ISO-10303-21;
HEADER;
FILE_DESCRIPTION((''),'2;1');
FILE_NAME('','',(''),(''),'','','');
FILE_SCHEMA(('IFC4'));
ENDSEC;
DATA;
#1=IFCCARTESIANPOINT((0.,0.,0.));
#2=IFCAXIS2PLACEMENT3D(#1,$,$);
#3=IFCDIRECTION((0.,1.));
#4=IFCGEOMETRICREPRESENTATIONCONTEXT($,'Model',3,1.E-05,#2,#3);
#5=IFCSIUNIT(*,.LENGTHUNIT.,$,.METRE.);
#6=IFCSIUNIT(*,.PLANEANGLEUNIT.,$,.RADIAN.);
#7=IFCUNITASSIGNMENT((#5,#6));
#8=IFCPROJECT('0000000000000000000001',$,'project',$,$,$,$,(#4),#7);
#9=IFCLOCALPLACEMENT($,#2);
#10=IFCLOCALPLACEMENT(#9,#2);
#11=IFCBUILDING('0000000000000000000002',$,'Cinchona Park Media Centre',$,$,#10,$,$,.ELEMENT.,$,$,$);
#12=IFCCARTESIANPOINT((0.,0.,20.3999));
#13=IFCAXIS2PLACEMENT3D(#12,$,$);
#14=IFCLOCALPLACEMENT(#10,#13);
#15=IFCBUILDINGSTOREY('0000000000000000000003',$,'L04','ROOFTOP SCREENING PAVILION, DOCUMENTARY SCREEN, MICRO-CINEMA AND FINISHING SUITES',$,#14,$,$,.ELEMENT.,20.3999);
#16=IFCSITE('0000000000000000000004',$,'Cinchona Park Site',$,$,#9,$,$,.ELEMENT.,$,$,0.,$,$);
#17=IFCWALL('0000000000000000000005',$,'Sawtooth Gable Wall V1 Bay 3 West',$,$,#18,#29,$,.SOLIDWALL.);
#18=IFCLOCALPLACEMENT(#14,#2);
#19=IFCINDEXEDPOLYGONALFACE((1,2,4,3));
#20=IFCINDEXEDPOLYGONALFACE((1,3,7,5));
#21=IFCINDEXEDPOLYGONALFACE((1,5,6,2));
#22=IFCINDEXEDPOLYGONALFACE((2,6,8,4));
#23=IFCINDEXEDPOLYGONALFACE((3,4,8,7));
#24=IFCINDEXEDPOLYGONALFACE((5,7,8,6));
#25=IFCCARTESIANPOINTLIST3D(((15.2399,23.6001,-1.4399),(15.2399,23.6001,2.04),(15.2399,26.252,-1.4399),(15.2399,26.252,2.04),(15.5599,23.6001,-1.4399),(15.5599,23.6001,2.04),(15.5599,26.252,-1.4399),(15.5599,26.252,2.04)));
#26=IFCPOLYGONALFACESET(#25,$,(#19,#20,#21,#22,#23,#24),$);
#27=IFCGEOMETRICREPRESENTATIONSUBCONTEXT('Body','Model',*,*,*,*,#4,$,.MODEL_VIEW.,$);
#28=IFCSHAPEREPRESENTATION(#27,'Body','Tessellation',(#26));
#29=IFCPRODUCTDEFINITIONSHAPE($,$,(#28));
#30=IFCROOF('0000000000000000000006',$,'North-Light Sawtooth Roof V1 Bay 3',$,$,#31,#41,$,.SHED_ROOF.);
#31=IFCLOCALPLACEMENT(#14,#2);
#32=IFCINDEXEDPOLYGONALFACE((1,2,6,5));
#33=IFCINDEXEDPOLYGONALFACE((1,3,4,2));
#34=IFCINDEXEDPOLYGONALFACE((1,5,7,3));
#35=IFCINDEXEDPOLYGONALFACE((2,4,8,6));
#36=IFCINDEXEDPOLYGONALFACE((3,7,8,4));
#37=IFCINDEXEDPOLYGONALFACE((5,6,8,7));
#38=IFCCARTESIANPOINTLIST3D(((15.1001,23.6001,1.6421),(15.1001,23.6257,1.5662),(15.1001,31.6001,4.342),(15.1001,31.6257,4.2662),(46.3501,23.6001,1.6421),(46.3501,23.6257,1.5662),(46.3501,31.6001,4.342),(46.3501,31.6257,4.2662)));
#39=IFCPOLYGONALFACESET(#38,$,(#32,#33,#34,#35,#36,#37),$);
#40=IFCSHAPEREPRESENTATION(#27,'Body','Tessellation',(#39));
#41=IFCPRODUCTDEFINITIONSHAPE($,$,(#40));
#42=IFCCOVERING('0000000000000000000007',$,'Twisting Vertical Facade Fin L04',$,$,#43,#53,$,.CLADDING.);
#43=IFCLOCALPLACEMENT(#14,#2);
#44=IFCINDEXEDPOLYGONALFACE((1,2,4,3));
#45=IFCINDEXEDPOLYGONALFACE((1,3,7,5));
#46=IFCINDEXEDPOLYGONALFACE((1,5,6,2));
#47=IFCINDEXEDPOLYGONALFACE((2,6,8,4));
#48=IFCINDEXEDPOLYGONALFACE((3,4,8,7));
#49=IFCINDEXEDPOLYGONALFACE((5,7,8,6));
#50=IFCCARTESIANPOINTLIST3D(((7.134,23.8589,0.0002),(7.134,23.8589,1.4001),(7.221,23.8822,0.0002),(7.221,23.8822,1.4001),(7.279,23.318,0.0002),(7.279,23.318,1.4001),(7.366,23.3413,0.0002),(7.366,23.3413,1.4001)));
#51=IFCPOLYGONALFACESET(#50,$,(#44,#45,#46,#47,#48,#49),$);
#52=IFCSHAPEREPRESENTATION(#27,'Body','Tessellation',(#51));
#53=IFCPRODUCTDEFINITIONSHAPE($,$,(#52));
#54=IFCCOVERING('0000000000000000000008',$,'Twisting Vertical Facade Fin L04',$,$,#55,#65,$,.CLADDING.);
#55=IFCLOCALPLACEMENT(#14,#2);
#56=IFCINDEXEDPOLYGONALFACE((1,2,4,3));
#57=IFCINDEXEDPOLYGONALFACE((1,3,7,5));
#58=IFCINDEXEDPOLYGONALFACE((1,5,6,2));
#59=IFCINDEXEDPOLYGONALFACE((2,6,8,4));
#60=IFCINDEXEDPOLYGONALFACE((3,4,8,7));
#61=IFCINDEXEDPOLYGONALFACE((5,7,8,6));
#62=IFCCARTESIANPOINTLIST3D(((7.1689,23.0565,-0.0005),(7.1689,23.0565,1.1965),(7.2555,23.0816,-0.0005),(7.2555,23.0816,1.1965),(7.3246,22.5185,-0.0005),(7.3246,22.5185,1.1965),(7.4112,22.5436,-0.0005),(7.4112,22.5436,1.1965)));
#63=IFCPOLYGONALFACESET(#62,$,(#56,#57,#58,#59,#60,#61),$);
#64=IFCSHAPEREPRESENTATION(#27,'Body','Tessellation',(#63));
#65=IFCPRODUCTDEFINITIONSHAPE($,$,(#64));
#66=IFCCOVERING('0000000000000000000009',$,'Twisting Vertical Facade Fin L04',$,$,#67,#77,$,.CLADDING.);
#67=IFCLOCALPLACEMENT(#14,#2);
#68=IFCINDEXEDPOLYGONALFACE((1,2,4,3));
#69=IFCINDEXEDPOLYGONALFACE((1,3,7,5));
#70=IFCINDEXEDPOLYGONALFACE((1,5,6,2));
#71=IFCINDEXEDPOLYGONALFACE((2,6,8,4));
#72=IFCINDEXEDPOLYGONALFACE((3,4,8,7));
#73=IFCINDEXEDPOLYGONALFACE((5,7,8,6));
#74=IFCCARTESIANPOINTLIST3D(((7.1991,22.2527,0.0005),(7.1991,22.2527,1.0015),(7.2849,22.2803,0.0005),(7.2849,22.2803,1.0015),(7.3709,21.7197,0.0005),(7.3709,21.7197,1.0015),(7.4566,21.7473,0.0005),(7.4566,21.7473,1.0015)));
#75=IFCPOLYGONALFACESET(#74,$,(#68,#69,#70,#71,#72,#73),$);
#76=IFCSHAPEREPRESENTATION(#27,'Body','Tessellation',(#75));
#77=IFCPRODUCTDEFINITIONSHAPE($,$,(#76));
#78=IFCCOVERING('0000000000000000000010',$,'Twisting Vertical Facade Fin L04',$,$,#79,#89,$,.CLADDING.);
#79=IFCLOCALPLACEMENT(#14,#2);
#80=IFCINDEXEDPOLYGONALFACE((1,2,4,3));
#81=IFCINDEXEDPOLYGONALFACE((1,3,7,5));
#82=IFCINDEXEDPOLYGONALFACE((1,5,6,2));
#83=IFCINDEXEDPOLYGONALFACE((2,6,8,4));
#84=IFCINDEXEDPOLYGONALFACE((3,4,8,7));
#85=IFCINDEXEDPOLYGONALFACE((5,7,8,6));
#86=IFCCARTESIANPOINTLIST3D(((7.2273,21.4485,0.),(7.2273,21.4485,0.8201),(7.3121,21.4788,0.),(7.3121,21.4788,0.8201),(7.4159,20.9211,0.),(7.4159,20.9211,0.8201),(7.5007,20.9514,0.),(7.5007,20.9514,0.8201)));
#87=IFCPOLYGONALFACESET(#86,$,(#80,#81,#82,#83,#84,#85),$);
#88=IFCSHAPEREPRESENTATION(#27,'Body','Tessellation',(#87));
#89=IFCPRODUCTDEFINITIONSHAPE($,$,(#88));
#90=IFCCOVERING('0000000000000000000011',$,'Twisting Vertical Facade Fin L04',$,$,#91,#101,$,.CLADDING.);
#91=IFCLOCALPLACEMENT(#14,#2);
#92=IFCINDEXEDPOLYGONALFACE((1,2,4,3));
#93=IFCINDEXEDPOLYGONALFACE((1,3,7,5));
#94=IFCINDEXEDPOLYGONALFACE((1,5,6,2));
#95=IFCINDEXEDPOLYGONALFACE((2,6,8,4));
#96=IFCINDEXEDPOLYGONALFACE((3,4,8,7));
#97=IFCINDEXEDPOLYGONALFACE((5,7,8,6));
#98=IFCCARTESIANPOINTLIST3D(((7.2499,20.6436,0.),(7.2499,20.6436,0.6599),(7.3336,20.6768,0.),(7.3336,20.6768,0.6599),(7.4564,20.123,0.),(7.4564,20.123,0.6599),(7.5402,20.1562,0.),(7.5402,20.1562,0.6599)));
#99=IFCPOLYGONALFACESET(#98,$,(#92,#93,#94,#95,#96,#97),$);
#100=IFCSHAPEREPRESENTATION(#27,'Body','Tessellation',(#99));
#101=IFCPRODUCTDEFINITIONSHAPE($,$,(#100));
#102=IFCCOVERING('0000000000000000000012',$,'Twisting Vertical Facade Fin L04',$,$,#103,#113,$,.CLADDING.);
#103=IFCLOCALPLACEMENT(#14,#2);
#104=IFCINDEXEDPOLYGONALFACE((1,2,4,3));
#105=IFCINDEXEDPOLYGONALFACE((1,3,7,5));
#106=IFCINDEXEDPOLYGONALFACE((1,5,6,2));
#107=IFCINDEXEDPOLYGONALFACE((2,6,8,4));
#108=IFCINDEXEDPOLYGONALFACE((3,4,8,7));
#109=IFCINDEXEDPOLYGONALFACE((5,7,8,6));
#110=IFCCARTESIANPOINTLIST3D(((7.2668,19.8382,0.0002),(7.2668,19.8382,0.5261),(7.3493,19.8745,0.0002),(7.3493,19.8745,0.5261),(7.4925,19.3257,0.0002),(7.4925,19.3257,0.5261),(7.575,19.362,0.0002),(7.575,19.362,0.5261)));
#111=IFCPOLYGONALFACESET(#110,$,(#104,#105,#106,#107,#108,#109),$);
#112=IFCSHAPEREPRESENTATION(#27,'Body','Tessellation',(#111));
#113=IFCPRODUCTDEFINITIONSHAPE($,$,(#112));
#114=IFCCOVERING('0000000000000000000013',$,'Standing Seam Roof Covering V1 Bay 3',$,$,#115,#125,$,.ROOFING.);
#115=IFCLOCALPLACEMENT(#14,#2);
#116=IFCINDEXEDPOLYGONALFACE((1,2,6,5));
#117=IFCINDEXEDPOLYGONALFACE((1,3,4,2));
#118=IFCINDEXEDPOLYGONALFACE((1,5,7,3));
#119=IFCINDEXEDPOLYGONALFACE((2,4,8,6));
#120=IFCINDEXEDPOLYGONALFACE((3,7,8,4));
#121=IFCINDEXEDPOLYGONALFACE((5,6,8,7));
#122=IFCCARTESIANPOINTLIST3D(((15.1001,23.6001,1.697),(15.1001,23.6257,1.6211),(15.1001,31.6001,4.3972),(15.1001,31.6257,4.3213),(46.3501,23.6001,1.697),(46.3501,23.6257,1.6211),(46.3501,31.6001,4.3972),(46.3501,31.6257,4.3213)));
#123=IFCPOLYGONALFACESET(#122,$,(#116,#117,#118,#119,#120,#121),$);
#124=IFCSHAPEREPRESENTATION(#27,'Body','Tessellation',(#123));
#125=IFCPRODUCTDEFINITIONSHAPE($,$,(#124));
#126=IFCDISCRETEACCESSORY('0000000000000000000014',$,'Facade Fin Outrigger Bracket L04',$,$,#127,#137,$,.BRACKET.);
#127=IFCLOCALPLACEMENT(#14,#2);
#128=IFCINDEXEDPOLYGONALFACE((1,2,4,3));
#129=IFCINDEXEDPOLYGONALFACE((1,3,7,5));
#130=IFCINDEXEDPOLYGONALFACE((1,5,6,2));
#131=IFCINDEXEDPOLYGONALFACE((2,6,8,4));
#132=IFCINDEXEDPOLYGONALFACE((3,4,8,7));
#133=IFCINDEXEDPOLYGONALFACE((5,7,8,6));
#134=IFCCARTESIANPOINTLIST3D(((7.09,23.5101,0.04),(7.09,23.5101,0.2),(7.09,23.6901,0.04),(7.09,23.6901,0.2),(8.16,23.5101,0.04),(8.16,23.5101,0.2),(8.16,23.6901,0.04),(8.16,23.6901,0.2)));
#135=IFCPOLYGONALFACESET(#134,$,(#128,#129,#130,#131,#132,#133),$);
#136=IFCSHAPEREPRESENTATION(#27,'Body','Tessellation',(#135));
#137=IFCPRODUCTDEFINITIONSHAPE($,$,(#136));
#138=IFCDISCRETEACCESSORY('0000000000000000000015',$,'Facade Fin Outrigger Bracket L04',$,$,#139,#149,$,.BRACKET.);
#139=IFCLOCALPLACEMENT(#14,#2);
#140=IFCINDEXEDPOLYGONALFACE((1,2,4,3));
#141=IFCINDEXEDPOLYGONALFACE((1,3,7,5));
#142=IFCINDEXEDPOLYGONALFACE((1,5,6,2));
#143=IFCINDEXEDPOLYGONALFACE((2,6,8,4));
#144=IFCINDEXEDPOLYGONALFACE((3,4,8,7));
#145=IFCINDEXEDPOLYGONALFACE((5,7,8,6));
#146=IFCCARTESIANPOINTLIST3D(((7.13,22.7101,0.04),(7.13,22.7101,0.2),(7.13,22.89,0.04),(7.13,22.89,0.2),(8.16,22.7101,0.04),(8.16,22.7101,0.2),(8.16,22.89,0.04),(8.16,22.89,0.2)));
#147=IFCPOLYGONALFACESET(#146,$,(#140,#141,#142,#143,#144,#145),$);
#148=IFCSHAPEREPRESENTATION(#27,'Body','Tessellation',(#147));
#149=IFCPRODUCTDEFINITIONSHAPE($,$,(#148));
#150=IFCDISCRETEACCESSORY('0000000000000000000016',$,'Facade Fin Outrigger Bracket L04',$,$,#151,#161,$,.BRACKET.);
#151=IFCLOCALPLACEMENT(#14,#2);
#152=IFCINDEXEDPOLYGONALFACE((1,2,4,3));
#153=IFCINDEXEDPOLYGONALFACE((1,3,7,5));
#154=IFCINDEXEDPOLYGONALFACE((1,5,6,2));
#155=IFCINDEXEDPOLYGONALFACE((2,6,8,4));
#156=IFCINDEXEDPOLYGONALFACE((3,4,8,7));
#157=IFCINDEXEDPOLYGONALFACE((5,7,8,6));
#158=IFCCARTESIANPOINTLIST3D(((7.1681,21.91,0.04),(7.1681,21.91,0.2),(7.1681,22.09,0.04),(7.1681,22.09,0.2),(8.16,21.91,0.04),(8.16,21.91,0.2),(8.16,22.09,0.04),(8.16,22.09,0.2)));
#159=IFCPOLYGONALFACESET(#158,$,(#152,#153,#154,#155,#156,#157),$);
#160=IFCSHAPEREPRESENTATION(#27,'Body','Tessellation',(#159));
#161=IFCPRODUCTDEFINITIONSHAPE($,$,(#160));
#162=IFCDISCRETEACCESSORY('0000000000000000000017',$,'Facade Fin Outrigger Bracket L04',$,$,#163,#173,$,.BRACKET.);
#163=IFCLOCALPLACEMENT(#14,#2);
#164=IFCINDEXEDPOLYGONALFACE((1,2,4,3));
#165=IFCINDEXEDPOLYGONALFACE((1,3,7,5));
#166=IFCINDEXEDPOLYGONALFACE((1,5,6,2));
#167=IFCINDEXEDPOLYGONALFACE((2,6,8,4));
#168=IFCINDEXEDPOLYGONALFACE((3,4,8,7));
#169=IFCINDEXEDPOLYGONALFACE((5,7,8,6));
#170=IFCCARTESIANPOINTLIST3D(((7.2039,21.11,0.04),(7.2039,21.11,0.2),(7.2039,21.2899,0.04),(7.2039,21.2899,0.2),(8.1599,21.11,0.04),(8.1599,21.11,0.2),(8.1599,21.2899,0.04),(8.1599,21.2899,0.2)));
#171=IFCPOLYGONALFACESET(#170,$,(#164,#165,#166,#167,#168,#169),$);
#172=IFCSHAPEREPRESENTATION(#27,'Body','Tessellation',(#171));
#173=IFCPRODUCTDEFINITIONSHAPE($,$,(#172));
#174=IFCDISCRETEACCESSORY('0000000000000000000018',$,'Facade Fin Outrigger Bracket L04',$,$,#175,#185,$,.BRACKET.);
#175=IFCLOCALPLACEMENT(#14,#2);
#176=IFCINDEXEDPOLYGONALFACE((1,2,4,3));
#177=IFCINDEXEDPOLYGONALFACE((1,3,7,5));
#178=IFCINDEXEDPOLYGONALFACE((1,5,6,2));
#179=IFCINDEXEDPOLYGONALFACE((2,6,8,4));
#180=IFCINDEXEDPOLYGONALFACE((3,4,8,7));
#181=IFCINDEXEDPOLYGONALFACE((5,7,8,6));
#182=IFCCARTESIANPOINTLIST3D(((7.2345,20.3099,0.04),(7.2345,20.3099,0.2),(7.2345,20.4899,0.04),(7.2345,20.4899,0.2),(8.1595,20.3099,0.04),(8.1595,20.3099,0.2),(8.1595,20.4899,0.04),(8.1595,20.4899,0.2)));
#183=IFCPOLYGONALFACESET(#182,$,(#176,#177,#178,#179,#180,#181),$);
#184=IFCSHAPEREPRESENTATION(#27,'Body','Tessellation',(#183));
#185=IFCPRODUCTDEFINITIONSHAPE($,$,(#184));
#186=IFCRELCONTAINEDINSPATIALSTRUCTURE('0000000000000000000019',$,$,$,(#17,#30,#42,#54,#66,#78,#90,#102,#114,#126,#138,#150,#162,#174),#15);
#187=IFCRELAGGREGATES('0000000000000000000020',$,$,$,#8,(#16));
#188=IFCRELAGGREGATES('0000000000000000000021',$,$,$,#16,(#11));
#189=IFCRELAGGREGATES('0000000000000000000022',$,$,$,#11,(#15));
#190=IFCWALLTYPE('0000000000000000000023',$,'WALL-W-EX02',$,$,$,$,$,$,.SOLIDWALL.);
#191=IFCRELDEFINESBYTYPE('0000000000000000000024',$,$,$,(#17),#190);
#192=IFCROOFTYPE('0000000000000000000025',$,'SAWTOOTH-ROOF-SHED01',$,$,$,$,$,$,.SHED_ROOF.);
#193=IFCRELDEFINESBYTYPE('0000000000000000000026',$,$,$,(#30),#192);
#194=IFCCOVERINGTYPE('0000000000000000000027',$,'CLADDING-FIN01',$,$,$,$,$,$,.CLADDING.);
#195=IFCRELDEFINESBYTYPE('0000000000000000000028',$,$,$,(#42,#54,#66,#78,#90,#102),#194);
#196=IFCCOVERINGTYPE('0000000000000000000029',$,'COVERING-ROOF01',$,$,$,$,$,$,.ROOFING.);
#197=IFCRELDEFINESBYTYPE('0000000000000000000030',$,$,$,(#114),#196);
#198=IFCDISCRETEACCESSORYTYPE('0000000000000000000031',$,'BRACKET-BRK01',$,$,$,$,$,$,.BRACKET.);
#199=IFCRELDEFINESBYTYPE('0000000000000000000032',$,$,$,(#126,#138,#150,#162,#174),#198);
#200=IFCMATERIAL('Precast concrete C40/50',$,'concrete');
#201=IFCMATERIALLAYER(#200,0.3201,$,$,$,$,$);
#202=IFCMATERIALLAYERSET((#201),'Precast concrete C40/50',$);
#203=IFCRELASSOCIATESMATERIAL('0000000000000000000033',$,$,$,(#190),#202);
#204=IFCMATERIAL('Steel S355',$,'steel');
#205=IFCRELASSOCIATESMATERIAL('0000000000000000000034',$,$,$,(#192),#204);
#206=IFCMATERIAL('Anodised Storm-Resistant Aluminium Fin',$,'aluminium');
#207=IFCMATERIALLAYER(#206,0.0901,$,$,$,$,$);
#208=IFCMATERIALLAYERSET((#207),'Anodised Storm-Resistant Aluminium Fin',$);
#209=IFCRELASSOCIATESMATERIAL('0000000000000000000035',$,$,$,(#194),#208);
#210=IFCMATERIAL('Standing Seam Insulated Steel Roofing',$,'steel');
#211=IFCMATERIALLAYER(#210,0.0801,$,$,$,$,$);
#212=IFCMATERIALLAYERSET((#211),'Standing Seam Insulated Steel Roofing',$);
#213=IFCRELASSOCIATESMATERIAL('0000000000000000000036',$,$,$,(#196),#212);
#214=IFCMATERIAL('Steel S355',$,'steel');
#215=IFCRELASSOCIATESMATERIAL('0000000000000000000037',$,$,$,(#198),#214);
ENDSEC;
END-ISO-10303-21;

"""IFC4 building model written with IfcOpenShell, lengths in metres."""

from ifc_helpers import new_model, si_unit, direction, frame, frame_2d, origin, origin_2d, place, context, subcontext, project, spatial, polyline, rectangle, outline, extrude, material, layer, layer_set, type_object, element, save


model = new_model("IFC4")

# Units and contexts
model_context = context("Model", 3, precision=1e-05, world=origin(), true_north=direction((0.0, 1.0)))
body_context = subcontext(model_context, "Body", "Model", "MODEL_VIEW")
ifc_project = project(units=[si_unit("LENGTHUNIT", "METRE"), si_unit("PLANEANGLEUNIT", "RADIAN")], contexts=[model_context])

# Site, building, storey
site_placement = place(None, origin())
site = spatial("IfcSite", under=ifc_project, at=site_placement, Name="Cinchona Park Site", CompositionType="ELEMENT", RefElevation=0.0)
building_placement = place(site_placement, origin())
building = spatial("IfcBuilding", under=site, at=building_placement, Name="Cinchona Park Media Centre", CompositionType="ELEMENT")
storey_placement = place(building_placement, frame((0.0, 0.0, 20.3999)))
storey = spatial("IfcBuildingStorey", under=building, at=storey_placement, Name="L04", Description="ROOFTOP SCREENING PAVILION, DOCUMENTARY SCREEN, MICRO-CINEMA AND FINISHING SUITES", CompositionType="ELEMENT", Elevation=20.3999)

# Wall
ifc_material_1 = material(Name="Precast concrete C40/50", Category="concrete")
ifc_layer_1 = layer(ifc_material_1, 0.3201)
ifc_layer_set_1 = layer_set([ifc_layer_1], Name="Precast concrete C40/50")
wall_type = type_object("IfcWallType", Name="WALL-W-EX02", PredefinedType="SOLIDWALL", material=ifc_layer_set_1)
wall_1_placement = place(storey_placement, frame((15.3999, 23.6001, -1.4399), z_axis=(0.0, 0.0, 1.0), x_axis=(0.0, 1.0, 0.0)))
element("IfcWall", 1, at=wall_1_placement, inside=storey, type_object=wall_type, Name="Sawtooth Gable Wall V1 Bay 3 West", PredefinedType="SOLIDWALL", context=body_context, shape_type="SweptSolid", body=[
    extrude(rectangle(XDim=2.6519, YDim=0.3201, at=frame_2d((1.3259, 0.0))), origin(), (0.0, 0.0, 1.0), 3.48),
])

# Roof
ifc_material_2 = material(Name="Steel S355", Category="steel")
roof_type = type_object("IfcRoofType", Name="SAWTOOTH-ROOF-SHED01", PredefinedType="SHED_ROOF", material=ifc_material_2)
roof_placement = place(storey_placement, frame((15.1001, 23.6001, 1.6421), z_axis=(0.0, -0.319773, 0.947494), x_axis=(1.0, 0.0, 0.0)))
element("IfcRoof", 2, at=roof_placement, inside=storey, type_object=roof_type, Name="North-Light Sawtooth Roof V1 Bay 3", PredefinedType="SHED_ROOF", context=body_context, shape_type="SweptSolid", body=[
    extrude(outline(polyline([(0.0, 0.0), (31.25, 0.0), (31.25, 8.4433), (0.0, 8.4433), (0.0, 0.0)])), origin(), (0.0, 0.0, -1.0), 0.0801),
])

# Coverings
ifc_material_3 = material(Name="Anodised Storm-Resistant Aluminium Fin", Category="aluminium")
ifc_layer_2 = layer(ifc_material_3, 0.0901)
ifc_layer_set_2 = layer_set([ifc_layer_2], Name="Anodised Storm-Resistant Aluminium Fin")
covering_type_1 = type_object("IfcCoveringType", Name="CLADDING-FIN01", PredefinedType="CLADDING", material=ifc_layer_set_2)
covering_1_placement = place(storey_placement, frame((7.25, 23.6001, 0.0002), z_axis=(0.0, 0.0, 1.0), x_axis=(0.258819, -0.965926, 0.0)))
element("IfcCovering", 3, at=covering_1_placement, inside=storey, type_object=covering_type_1, Name="Twisting Vertical Facade Fin L04", PredefinedType="CLADDING", context=body_context, shape_type="SweptSolid", body=[
    extrude(rectangle(XDim=0.5601, YDim=0.0901, at=origin_2d()), origin(), (0.0, 0.0, 1.0), 1.3999),
])
covering_2_placement = place(storey_placement, frame((7.29, 22.8, -0.0005), z_axis=(0.0, 0.0, 1.0), x_axis=(0.277985, -0.960585, 0.0)))
element("IfcCovering", 4, at=covering_2_placement, inside=storey, type_object=covering_type_1, Name="Twisting Vertical Facade Fin L04", PredefinedType="CLADDING", context=body_context, shape_type="SweptSolid", body=[
    extrude(rectangle(XDim=0.5601, YDim=0.0901, at=origin_2d()), origin(), (0.0, 0.0, 1.0), 1.197),
])
covering_3_placement = place(storey_placement, frame((7.3279, 22.0, 0.0005), z_axis=(0.0, 0.0, 1.0), x_axis=(0.306692, -0.951809, 0.0)))
element("IfcCovering", 5, at=covering_3_placement, inside=storey, type_object=covering_type_1, Name="Twisting Vertical Facade Fin L04", PredefinedType="CLADDING", context=body_context, shape_type="SweptSolid", body=[
    extrude(rectangle(XDim=0.5601, YDim=0.0901, at=origin_2d()), origin(), (0.0, 0.0, 1.0), 1.001),
])
covering_4_placement = place(storey_placement, frame((7.364, 21.2, 0.0), z_axis=(0.0, 0.0, 1.0), x_axis=(0.336767, -0.941588, 0.0)))
element("IfcCovering", 6, at=covering_4_placement, inside=storey, type_object=covering_type_1, Name="Twisting Vertical Facade Fin L04", PredefinedType="CLADDING", context=body_context, shape_type="SweptSolid", body=[
    extrude(rectangle(XDim=0.5601, YDim=0.0901, at=origin_2d()), origin(), (0.0, 0.0, 1.0), 0.8201),
])
covering_5_placement = place(storey_placement, frame((7.395, 20.3999, 0.0), z_axis=(0.0, 0.0, 1.0), x_axis=(0.368774, -0.929519, 0.0)))
element("IfcCovering", 7, at=covering_5_placement, inside=storey, type_object=covering_type_1, Name="Twisting Vertical Facade Fin L04", PredefinedType="CLADDING", context=body_context, shape_type="SweptSolid", body=[
    extrude(rectangle(XDim=0.5601, YDim=0.0901, at=origin_2d()), origin(), (0.0, 0.0, 1.0), 0.6599),
])
covering_6_placement = place(storey_placement, frame((7.4209, 19.6001, 0.0002), z_axis=(0.0, 0.0, 1.0), x_axis=(0.403066, -0.915171, 0.0)))
element("IfcCovering", 8, at=covering_6_placement, inside=storey, type_object=covering_type_1, Name="Twisting Vertical Facade Fin L04", PredefinedType="CLADDING", context=body_context, shape_type="SweptSolid", body=[
    extrude(rectangle(XDim=0.5601, YDim=0.0901, at=origin_2d()), origin(), (0.0, 0.0, 1.0), 0.5259),
])
ifc_material_4 = material(Name="Standing Seam Insulated Steel Roofing", Category="steel")
ifc_layer_3 = layer(ifc_material_4, 0.0801)
ifc_layer_set_3 = layer_set([ifc_layer_3], Name="Standing Seam Insulated Steel Roofing")
covering_type_2 = type_object("IfcCoveringType", Name="COVERING-ROOF01", PredefinedType="ROOFING", material=ifc_layer_set_3)
covering_7_placement = place(storey_placement, frame((15.1001, 23.6001, 1.697), z_axis=(0.0, -0.319799, 0.947485), x_axis=(1.0, 0.0, 0.0)))
element("IfcCovering", 9, at=covering_7_placement, inside=storey, type_object=covering_type_2, Name="Standing Seam Roof Covering V1 Bay 3", PredefinedType="ROOFING", context=body_context, shape_type="SweptSolid", body=[
    extrude(outline(polyline([(0.0, 0.0), (31.25, 0.0), (31.25, 8.4434), (0.0, 8.4434), (0.0, 0.0)])), origin(), (0.0, 0.0, -1.0), 0.0801),
])

# Discrete accessories
ifc_material_5 = material(Name="Steel S355", Category="steel")
discrete_accessory_type = type_object("IfcDiscreteAccessoryType", Name="BRACKET-BRK01", PredefinedType="BRACKET", material=ifc_material_5)
discrete_accessory_1_placement = place(storey_placement, frame((7.625, 23.6001, 0.04), z_axis=(0.0, 0.0, 1.0), x_axis=(0.0, -1.0, 0.0)))
element("IfcDiscreteAccessory", 10, at=discrete_accessory_1_placement, inside=storey, type_object=discrete_accessory_type, Name="Facade Fin Outrigger Bracket L04", PredefinedType="BRACKET", context=body_context, shape_type="SweptSolid", body=[
    extrude(rectangle(XDim=0.1799, YDim=1.0701, at=origin_2d()), origin(), (0.0, 0.0, 1.0), 0.1599),
])
discrete_accessory_2_placement = place(storey_placement, frame((7.645, 22.8, 0.04), z_axis=(0.0, 0.0, 1.0), x_axis=(0.0, -1.0, 0.0)))
element("IfcDiscreteAccessory", 11, at=discrete_accessory_2_placement, inside=storey, type_object=discrete_accessory_type, Name="Facade Fin Outrigger Bracket L04", PredefinedType="BRACKET", context=body_context, shape_type="SweptSolid", body=[
    extrude(rectangle(XDim=0.1799, YDim=1.03, at=origin_2d()), origin(), (0.0, 0.0, 1.0), 0.1599),
])
discrete_accessory_3_placement = place(storey_placement, frame((7.6641, 22.0, 0.04), z_axis=(0.0, 0.0, 1.0), x_axis=(0.0, -1.0, 0.0)))
element("IfcDiscreteAccessory", 12, at=discrete_accessory_3_placement, inside=storey, type_object=discrete_accessory_type, Name="Facade Fin Outrigger Bracket L04", PredefinedType="BRACKET", context=body_context, shape_type="SweptSolid", body=[
    extrude(rectangle(XDim=0.1799, YDim=0.9919, at=origin_2d()), origin(), (0.0, 0.0, 1.0), 0.1599),
])
discrete_accessory_4_placement = place(storey_placement, frame((7.6819, 21.2, 0.04), z_axis=(0.0, 0.0, 1.0), x_axis=(0.0, -1.0, 0.0)))
element("IfcDiscreteAccessory", 13, at=discrete_accessory_4_placement, inside=storey, type_object=discrete_accessory_type, Name="Facade Fin Outrigger Bracket L04", PredefinedType="BRACKET", context=body_context, shape_type="SweptSolid", body=[
    extrude(rectangle(XDim=0.1799, YDim=0.9561, at=origin_2d()), origin(), (0.0, 0.0, 1.0), 0.1599),
])
discrete_accessory_5_placement = place(storey_placement, frame((7.697, 20.3999, 0.04), z_axis=(0.0, 0.0, 1.0), x_axis=(0.0, -1.0, 0.0)))
element("IfcDiscreteAccessory", 14, at=discrete_accessory_5_placement, inside=storey, type_object=discrete_accessory_type, Name="Facade Fin Outrigger Bracket L04", PredefinedType="BRACKET", context=body_context, shape_type="SweptSolid", body=[
    extrude(rectangle(XDim=0.1799, YDim=0.925, at=origin_2d()), origin(), (0.0, 0.0, 1.0), 0.1599),
])

save(model, "model.ifc")
